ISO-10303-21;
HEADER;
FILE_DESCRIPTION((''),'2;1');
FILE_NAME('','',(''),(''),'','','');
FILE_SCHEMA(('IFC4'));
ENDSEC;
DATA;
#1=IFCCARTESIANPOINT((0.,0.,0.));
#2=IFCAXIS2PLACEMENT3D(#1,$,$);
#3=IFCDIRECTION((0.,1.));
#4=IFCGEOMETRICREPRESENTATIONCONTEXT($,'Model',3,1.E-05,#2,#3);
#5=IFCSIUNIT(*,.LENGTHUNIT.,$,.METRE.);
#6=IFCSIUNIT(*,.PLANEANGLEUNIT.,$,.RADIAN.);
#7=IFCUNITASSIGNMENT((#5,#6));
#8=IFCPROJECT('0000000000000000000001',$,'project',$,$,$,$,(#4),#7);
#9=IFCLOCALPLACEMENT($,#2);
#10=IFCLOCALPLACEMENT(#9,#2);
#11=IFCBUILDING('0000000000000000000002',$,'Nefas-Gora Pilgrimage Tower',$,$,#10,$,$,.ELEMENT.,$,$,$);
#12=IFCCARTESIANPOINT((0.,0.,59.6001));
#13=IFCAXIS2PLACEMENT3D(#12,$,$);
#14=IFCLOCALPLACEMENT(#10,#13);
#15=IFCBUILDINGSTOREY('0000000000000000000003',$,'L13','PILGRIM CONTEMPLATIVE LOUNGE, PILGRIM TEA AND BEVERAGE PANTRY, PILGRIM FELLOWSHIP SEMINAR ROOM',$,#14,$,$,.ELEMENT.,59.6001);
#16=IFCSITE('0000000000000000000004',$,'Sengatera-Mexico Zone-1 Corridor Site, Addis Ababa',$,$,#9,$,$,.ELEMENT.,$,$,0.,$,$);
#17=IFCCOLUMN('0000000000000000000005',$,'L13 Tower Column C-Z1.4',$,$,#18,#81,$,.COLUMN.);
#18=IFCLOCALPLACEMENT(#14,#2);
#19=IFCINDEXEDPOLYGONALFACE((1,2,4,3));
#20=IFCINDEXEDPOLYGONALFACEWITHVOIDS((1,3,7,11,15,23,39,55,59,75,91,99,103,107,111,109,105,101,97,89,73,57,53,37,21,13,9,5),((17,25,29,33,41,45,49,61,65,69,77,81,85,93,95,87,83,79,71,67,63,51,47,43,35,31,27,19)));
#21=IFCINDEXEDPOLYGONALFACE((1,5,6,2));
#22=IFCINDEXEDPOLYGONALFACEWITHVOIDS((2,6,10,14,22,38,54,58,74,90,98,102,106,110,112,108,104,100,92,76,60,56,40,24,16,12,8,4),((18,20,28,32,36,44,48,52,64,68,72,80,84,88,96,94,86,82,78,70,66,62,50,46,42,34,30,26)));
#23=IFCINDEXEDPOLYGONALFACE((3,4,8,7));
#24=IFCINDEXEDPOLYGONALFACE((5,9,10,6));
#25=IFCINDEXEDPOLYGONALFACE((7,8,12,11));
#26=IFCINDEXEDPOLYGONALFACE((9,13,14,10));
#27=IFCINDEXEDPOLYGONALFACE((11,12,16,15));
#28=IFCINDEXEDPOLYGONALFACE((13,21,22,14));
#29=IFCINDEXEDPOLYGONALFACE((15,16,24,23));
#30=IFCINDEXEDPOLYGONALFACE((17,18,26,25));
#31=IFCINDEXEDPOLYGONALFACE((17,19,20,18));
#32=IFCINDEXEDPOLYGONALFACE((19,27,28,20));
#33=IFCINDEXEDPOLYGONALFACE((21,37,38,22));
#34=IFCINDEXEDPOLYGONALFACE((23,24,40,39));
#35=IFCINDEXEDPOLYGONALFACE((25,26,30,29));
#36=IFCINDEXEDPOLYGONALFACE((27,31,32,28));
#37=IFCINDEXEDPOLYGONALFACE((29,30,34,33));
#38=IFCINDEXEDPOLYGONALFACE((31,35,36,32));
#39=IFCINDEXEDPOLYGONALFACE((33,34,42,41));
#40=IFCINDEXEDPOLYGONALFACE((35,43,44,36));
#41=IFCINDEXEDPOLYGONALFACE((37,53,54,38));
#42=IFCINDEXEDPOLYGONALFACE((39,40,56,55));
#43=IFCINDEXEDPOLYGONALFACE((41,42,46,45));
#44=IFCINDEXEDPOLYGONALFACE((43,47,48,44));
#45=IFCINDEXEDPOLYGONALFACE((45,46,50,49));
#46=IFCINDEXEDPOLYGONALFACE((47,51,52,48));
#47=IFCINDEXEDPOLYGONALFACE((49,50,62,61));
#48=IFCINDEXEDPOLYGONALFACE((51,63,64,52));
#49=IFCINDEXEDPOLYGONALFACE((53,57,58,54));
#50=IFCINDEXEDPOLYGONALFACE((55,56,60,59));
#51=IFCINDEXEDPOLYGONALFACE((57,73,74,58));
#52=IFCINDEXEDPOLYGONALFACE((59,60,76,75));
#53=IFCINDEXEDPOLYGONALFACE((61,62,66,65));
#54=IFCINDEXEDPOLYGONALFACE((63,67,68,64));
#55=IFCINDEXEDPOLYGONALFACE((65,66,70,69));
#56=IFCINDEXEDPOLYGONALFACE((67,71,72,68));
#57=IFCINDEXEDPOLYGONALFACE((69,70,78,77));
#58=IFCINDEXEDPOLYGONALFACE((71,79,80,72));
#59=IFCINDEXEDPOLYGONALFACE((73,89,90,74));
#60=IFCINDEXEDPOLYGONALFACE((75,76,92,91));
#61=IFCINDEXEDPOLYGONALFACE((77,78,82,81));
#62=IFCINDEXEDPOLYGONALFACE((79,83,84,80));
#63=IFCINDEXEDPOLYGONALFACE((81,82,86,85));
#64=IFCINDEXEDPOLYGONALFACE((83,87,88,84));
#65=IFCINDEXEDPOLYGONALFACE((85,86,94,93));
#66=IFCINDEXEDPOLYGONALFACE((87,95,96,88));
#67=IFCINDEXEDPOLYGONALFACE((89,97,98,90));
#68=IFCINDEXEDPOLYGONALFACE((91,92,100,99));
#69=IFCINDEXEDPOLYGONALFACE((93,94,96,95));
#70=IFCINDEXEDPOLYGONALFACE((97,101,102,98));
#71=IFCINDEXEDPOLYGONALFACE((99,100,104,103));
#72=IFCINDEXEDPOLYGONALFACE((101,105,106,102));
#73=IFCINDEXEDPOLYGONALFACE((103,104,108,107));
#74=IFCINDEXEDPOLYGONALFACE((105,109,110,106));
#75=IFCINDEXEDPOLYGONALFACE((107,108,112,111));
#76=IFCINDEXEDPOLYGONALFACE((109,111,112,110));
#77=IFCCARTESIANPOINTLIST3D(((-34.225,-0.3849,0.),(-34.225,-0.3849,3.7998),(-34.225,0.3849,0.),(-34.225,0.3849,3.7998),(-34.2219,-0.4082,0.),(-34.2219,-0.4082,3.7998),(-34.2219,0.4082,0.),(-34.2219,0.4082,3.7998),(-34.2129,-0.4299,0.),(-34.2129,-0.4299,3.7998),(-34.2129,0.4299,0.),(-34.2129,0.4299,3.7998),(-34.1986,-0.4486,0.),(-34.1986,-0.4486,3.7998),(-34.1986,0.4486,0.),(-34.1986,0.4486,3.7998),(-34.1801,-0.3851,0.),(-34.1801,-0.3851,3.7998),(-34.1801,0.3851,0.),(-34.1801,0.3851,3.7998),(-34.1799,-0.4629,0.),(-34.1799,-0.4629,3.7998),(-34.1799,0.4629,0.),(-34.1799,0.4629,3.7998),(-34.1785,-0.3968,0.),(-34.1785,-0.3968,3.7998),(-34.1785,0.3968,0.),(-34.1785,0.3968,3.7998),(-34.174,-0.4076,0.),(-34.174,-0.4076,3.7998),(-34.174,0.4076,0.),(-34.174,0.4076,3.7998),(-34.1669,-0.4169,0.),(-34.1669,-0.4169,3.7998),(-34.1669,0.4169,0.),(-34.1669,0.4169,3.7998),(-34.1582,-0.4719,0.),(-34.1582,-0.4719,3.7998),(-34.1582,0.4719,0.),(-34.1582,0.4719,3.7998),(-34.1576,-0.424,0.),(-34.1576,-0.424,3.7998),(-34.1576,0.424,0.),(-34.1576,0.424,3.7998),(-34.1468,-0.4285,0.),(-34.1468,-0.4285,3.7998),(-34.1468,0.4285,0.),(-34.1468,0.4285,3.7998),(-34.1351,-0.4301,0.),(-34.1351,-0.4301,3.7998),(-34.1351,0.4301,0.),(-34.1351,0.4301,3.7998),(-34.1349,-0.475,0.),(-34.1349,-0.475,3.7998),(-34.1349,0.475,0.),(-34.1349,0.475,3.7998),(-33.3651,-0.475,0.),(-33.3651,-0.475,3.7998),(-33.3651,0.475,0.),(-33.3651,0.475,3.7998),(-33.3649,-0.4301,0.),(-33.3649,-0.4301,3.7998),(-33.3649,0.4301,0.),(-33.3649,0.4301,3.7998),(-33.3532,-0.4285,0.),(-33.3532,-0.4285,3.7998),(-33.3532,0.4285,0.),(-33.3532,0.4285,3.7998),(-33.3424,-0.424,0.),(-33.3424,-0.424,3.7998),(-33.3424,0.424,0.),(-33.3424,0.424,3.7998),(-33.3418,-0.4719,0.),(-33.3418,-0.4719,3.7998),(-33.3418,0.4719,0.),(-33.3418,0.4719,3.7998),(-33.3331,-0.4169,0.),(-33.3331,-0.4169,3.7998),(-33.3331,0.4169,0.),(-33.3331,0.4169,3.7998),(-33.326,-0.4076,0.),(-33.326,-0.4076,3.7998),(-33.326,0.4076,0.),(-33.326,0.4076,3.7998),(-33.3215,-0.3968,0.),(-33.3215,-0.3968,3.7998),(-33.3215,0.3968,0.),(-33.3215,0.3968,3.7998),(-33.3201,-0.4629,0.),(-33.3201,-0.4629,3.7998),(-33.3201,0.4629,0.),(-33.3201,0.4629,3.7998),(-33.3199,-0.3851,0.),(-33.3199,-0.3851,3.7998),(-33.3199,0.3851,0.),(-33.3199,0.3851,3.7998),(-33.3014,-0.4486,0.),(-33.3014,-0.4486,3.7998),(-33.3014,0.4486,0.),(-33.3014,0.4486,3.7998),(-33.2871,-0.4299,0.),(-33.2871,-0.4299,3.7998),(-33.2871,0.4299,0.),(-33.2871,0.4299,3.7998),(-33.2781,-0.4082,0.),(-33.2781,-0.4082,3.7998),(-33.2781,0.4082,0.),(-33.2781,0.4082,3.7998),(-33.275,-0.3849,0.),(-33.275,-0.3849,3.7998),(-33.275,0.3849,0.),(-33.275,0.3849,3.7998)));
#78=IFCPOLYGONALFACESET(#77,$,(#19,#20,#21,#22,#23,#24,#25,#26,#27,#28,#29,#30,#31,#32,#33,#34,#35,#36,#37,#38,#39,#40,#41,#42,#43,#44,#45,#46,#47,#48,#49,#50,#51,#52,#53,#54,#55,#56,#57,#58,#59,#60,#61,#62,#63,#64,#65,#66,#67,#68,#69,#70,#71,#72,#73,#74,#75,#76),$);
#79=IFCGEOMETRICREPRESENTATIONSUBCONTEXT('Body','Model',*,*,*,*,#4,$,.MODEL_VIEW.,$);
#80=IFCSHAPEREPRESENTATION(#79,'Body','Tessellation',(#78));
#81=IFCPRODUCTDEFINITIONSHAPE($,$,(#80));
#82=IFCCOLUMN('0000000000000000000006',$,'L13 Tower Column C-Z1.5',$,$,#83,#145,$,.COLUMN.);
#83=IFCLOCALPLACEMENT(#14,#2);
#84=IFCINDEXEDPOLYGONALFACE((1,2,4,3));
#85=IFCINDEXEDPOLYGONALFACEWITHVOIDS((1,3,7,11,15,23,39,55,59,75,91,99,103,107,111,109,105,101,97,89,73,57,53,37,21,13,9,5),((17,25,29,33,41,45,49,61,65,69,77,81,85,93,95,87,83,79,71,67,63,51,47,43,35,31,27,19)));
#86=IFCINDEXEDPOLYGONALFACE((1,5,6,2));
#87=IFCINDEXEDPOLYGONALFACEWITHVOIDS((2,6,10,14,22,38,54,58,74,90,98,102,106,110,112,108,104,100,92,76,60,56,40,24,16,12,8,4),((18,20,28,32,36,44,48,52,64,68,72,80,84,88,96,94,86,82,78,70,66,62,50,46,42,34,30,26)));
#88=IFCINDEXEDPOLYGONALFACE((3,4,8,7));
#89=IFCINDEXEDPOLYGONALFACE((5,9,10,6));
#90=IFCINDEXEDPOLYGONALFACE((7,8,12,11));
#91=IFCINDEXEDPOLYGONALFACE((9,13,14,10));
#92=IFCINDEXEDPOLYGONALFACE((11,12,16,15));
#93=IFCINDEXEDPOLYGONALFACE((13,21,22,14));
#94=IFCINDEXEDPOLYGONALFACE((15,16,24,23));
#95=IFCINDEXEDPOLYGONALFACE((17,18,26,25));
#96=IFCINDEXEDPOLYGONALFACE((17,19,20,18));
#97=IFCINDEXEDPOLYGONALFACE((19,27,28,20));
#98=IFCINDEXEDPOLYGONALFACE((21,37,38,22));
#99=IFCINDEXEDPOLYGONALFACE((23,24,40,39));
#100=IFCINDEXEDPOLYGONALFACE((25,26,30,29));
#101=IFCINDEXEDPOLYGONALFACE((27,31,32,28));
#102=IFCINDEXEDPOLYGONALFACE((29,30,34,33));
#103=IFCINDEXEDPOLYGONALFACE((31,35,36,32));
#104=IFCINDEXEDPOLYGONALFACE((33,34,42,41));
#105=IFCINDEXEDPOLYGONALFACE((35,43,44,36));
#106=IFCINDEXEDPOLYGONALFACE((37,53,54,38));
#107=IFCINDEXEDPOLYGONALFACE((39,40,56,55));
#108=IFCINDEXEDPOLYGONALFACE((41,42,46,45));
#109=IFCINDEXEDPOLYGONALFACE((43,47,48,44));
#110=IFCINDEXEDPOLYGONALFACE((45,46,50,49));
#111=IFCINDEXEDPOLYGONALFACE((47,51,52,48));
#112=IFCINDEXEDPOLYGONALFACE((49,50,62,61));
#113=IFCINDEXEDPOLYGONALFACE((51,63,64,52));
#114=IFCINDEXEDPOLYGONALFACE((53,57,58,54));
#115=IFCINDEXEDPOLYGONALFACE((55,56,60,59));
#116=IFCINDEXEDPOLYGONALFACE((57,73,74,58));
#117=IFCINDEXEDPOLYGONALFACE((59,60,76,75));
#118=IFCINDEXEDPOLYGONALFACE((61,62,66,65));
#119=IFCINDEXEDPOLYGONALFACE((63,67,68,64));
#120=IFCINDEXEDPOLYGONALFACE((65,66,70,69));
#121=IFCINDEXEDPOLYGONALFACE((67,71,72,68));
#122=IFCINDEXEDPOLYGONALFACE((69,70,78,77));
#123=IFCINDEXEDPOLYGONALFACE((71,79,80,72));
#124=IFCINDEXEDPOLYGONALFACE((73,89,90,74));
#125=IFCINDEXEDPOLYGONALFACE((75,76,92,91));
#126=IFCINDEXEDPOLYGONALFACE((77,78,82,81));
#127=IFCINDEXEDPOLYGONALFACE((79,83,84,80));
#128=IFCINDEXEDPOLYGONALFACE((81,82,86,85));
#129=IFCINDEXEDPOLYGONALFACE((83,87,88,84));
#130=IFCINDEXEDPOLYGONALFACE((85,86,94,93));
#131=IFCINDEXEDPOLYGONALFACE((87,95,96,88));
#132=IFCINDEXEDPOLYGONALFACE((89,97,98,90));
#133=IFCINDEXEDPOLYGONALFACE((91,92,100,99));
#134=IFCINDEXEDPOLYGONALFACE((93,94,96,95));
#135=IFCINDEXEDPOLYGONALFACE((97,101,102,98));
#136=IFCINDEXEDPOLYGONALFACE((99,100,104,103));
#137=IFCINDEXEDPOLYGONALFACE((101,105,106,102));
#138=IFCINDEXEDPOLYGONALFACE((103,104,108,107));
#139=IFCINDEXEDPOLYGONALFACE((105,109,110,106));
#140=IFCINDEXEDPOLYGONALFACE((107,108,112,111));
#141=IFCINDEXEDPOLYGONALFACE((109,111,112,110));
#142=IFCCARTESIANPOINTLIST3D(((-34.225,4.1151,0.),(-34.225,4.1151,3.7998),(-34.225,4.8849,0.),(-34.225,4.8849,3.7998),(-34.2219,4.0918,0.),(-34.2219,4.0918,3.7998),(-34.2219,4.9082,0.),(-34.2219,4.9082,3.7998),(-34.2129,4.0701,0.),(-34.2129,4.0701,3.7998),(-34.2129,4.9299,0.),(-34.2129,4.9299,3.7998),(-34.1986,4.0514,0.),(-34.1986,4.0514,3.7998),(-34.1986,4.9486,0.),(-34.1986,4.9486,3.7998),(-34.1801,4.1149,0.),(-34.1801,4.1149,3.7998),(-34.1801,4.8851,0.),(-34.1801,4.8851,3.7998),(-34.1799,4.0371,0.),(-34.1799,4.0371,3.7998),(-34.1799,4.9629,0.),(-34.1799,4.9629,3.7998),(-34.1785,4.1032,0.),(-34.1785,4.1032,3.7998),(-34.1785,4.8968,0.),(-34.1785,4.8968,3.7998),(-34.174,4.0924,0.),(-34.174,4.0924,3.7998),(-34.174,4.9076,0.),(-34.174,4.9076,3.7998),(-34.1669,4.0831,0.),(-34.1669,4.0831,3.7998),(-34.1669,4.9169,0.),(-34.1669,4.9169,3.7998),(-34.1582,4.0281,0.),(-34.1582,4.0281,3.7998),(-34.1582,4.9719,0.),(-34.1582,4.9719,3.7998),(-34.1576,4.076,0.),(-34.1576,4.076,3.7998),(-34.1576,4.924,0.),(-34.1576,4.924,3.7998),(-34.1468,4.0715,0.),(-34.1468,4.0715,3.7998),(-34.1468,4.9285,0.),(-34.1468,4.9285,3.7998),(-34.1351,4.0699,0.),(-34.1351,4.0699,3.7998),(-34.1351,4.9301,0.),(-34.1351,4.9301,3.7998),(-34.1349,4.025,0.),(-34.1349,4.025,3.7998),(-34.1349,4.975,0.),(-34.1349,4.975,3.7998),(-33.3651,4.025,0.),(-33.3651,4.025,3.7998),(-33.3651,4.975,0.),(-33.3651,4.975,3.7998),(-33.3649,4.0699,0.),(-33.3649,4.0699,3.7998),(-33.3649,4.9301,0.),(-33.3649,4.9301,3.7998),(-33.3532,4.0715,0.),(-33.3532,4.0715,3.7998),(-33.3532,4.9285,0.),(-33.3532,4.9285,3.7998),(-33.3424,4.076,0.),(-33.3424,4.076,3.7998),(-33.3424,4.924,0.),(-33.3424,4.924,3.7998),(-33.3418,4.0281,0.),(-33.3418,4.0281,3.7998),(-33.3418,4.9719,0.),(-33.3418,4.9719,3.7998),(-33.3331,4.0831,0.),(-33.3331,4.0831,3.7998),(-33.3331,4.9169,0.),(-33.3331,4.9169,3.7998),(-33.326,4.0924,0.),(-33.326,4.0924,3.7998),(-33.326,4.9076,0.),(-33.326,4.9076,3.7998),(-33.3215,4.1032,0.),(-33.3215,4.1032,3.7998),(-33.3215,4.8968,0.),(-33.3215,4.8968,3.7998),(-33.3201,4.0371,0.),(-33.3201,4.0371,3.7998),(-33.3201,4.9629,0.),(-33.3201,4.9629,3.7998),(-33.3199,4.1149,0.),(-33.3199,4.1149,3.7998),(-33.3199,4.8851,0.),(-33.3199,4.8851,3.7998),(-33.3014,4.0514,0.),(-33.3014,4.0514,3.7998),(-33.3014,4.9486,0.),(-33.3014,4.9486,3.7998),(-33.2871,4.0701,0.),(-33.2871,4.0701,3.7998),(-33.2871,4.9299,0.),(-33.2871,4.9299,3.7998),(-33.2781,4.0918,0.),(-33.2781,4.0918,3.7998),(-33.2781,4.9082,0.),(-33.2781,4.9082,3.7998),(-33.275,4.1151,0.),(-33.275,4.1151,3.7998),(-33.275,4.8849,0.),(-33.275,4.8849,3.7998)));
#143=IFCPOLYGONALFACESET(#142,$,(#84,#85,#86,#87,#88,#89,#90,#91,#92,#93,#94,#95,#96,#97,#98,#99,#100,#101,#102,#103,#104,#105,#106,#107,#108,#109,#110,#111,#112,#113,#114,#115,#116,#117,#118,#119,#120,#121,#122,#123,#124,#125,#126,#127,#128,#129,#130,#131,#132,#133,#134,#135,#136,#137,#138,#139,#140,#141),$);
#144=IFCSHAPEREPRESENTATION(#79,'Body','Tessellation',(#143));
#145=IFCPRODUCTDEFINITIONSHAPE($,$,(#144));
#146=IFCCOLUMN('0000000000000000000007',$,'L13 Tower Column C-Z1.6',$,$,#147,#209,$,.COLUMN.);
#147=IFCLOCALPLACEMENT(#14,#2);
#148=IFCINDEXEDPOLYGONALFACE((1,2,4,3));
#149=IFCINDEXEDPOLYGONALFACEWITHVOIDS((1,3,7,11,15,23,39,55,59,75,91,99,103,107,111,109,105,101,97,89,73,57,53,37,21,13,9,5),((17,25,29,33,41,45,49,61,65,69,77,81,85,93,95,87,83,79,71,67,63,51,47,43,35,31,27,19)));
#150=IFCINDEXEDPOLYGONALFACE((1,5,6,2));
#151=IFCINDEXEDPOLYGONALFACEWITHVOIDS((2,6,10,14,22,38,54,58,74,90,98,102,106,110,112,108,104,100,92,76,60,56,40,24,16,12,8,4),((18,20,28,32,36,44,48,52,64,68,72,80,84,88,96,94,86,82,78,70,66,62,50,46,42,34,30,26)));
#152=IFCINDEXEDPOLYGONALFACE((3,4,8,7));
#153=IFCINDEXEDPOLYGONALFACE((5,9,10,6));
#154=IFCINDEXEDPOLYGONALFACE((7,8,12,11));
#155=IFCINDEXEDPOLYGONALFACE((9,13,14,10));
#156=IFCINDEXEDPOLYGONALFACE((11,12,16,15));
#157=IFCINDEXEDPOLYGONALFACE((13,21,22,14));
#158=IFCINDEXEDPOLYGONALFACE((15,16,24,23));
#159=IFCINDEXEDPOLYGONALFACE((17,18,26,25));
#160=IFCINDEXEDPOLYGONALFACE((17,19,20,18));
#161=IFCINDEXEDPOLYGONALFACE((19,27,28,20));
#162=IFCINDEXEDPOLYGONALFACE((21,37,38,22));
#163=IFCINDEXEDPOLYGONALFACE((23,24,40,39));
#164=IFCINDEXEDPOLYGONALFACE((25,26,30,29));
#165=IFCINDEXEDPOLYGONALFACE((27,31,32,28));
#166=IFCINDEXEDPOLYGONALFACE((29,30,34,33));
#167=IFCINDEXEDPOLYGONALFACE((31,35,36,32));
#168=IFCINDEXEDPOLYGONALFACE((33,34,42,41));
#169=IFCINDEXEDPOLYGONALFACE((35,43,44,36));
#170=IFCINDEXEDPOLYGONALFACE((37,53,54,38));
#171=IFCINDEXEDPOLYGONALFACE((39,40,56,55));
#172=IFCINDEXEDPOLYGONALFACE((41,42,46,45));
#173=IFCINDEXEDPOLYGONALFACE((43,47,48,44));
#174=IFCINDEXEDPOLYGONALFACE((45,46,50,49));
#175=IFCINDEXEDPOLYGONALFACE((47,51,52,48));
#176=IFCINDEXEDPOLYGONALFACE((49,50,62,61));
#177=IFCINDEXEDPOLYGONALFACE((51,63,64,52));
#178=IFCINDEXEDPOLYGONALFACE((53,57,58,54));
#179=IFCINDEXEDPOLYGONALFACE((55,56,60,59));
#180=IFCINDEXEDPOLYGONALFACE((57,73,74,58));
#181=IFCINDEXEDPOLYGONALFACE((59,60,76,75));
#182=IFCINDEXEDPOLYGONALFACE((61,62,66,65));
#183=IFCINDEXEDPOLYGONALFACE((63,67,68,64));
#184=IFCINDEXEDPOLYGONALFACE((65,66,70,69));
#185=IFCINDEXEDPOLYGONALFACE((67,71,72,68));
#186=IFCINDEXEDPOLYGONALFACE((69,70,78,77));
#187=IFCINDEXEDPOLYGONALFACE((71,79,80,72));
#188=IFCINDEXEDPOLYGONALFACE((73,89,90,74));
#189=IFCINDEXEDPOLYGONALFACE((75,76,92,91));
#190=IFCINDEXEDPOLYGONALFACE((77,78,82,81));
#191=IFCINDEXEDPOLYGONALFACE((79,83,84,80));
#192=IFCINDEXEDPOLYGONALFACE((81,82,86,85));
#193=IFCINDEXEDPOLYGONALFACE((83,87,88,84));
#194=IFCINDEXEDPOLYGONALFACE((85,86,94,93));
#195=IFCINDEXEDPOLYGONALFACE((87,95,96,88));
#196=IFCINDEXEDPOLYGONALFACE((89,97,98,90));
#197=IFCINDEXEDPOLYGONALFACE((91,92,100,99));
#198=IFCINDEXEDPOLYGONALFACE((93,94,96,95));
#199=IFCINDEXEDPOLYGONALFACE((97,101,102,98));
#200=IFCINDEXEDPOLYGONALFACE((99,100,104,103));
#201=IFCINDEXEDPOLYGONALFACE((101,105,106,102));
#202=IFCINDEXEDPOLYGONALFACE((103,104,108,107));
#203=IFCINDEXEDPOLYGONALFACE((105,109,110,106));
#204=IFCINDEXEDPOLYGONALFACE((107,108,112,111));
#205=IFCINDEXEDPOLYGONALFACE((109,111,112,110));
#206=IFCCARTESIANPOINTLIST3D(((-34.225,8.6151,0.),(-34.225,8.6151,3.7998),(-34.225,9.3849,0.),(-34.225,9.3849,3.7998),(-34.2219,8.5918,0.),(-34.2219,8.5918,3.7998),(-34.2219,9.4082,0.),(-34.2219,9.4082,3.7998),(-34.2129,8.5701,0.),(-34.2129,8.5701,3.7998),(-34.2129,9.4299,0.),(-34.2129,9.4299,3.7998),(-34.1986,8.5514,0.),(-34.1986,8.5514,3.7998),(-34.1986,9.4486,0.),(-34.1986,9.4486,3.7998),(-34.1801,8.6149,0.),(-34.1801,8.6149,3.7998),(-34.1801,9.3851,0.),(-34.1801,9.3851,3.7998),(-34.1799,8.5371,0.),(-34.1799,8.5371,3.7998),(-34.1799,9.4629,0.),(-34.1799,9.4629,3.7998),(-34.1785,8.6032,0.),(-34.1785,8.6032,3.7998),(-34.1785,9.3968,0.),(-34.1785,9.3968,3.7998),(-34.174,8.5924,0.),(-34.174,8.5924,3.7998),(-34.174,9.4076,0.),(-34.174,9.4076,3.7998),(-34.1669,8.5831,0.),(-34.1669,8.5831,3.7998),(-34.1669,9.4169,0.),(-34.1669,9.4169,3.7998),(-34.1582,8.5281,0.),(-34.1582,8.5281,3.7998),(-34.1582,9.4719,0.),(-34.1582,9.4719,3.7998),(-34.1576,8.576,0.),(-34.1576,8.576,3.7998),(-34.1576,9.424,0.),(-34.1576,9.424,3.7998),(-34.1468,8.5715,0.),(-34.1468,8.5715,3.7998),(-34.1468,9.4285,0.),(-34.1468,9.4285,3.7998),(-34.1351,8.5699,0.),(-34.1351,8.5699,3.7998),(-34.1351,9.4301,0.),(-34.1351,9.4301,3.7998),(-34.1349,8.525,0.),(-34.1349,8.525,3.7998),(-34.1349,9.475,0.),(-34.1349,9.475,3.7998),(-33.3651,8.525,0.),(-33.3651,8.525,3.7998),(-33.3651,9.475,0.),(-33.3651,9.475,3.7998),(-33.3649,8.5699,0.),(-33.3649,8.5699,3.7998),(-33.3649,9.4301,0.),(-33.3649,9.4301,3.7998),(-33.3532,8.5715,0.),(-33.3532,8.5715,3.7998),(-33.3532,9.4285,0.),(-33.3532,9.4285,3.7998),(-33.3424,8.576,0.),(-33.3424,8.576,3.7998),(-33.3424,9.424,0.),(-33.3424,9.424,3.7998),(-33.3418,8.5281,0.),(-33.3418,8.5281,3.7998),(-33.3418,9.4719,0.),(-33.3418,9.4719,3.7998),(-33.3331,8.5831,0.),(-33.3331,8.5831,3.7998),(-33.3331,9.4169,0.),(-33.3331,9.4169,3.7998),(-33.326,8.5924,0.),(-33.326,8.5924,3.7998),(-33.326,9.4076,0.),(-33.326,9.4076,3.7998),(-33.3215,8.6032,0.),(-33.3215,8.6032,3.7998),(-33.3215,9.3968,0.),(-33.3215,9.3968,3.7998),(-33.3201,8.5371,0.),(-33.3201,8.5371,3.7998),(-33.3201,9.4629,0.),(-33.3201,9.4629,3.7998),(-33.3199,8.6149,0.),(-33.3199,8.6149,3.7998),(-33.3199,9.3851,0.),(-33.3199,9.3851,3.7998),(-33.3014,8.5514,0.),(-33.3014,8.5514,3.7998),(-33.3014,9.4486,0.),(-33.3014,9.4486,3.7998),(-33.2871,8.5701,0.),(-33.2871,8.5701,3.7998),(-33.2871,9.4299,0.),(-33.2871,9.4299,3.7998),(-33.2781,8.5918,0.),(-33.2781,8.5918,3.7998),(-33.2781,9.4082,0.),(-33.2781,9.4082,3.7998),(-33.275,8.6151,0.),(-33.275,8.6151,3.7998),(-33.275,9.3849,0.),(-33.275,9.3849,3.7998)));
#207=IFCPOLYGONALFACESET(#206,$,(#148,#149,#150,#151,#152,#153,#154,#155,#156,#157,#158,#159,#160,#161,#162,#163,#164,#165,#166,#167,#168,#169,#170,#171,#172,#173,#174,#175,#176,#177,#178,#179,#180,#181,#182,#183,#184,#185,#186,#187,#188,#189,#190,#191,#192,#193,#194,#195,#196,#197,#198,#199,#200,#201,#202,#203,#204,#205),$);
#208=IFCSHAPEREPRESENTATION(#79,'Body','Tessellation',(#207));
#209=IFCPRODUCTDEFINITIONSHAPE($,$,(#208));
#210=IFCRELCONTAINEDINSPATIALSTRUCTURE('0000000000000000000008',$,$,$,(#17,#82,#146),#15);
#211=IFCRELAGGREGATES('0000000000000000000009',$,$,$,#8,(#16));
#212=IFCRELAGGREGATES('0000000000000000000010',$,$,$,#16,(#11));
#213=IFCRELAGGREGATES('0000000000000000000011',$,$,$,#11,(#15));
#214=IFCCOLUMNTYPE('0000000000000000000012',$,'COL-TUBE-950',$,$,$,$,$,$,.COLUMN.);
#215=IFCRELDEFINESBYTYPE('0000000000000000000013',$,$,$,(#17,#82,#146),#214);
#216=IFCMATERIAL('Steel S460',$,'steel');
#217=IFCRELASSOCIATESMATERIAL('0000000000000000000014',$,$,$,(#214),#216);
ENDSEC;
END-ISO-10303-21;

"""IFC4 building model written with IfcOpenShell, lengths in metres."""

from ifc_helpers import new_model, si_unit, direction, frame, origin, origin_2d, place, context, subcontext, project, spatial, hollow_rectangle, extrude, source, transform, mapped, material, material_profile, profile_set, type_object, element, save


model = new_model("IFC4")

# Units and contexts
model_context = context("Model", 3, precision=1e-05, world=origin(), true_north=direction((0.0, 1.0)))
body_context = subcontext(model_context, "Body", "Model", "MODEL_VIEW")
ifc_project = project(units=[si_unit("LENGTHUNIT", "METRE"), si_unit("PLANEANGLEUNIT", "RADIAN")], contexts=[model_context])

# Site, building, storey
site_placement = place(None, origin())
site = spatial("IfcSite", under=ifc_project, at=site_placement, Name="Sengatera-Mexico Zone-1 Corridor Site, Addis Ababa", CompositionType="ELEMENT", RefElevation=0.0)
building_placement = place(site_placement, origin())
building = spatial("IfcBuilding", under=site, at=building_placement, Name="Nefas-Gora Pilgrimage Tower", CompositionType="ELEMENT")
storey_placement = place(building_placement, frame((0.0, 0.0, 59.6001)))
storey = spatial("IfcBuildingStorey", under=building, at=storey_placement, Name="L13", Description="PILGRIM CONTEMPLATIVE LOUNGE, PILGRIM TEA AND BEVERAGE PANTRY, PILGRIM FELLOWSHIP SEMINAR ROOM", CompositionType="ELEMENT", Elevation=59.6001)

# Columns
ifc_material_1 = material(Name="Steel S460", Category="steel")
ifc_material_profile_1 = material_profile(ifc_material_1, hollow_rectangle(XDim=0.95, YDim=0.95, WallThickness=0.0449, InnerFilletRadius=0.0449, OuterFilletRadius=0.0901, at=origin_2d()), Name="BOX 950x950x45")
ifc_profile_set_1 = profile_set([ifc_material_profile_1], Name="Steel S460")
column_type_1 = type_object("IfcColumnType", Name="COL-TUBE-950", PredefinedType="COLUMN", material=ifc_profile_set_1)
shared_shape_1 = source(origin(), body_context, "Body", "SweptSolid", [
    extrude(hollow_rectangle(XDim=0.95, YDim=0.95, WallThickness=0.0449, InnerFilletRadius=0.0449, OuterFilletRadius=0.0901, at=origin_2d()), origin(), (0.0, 0.0, 1.0), 3.7998),
])
for number, where, z_axis, x_axis, name in (
    (1, (-33.75, 0.0, 0.0), (0.0, 0.0, 1.0), (1.0, 0.0, 0.0), "L13 Tower Column C-Z1.4"),
    (2, (-33.75, 4.5, 0.0), (0.0, 0.0, 1.0), (1.0, 0.0, 0.0), "L13 Tower Column C-Z1.5"),
    (3, (-33.75, 9.0, 0.0), (0.0, 0.0, 1.0), (1.0, 0.0, 0.0), "L13 Tower Column C-Z1.6"),
):
    element("IfcColumn", number, at=place(storey_placement, frame(where, z_axis=z_axis, x_axis=x_axis)), inside=storey, type_object=column_type_1, Name=name, PredefinedType="COLUMN", context=body_context, shape_type="MappedRepresentation", body=[
        mapped(shared_shape_1, transform((0.0, 0.0, 0.0), x_axis=(1.0, 0.0, 0.0), y_axis=(0.0, 1.0, 0.0), z_axis=(0.0, 0.0, 1.0), scale=1.0)),
    ])

save(model, "model.ifc")
